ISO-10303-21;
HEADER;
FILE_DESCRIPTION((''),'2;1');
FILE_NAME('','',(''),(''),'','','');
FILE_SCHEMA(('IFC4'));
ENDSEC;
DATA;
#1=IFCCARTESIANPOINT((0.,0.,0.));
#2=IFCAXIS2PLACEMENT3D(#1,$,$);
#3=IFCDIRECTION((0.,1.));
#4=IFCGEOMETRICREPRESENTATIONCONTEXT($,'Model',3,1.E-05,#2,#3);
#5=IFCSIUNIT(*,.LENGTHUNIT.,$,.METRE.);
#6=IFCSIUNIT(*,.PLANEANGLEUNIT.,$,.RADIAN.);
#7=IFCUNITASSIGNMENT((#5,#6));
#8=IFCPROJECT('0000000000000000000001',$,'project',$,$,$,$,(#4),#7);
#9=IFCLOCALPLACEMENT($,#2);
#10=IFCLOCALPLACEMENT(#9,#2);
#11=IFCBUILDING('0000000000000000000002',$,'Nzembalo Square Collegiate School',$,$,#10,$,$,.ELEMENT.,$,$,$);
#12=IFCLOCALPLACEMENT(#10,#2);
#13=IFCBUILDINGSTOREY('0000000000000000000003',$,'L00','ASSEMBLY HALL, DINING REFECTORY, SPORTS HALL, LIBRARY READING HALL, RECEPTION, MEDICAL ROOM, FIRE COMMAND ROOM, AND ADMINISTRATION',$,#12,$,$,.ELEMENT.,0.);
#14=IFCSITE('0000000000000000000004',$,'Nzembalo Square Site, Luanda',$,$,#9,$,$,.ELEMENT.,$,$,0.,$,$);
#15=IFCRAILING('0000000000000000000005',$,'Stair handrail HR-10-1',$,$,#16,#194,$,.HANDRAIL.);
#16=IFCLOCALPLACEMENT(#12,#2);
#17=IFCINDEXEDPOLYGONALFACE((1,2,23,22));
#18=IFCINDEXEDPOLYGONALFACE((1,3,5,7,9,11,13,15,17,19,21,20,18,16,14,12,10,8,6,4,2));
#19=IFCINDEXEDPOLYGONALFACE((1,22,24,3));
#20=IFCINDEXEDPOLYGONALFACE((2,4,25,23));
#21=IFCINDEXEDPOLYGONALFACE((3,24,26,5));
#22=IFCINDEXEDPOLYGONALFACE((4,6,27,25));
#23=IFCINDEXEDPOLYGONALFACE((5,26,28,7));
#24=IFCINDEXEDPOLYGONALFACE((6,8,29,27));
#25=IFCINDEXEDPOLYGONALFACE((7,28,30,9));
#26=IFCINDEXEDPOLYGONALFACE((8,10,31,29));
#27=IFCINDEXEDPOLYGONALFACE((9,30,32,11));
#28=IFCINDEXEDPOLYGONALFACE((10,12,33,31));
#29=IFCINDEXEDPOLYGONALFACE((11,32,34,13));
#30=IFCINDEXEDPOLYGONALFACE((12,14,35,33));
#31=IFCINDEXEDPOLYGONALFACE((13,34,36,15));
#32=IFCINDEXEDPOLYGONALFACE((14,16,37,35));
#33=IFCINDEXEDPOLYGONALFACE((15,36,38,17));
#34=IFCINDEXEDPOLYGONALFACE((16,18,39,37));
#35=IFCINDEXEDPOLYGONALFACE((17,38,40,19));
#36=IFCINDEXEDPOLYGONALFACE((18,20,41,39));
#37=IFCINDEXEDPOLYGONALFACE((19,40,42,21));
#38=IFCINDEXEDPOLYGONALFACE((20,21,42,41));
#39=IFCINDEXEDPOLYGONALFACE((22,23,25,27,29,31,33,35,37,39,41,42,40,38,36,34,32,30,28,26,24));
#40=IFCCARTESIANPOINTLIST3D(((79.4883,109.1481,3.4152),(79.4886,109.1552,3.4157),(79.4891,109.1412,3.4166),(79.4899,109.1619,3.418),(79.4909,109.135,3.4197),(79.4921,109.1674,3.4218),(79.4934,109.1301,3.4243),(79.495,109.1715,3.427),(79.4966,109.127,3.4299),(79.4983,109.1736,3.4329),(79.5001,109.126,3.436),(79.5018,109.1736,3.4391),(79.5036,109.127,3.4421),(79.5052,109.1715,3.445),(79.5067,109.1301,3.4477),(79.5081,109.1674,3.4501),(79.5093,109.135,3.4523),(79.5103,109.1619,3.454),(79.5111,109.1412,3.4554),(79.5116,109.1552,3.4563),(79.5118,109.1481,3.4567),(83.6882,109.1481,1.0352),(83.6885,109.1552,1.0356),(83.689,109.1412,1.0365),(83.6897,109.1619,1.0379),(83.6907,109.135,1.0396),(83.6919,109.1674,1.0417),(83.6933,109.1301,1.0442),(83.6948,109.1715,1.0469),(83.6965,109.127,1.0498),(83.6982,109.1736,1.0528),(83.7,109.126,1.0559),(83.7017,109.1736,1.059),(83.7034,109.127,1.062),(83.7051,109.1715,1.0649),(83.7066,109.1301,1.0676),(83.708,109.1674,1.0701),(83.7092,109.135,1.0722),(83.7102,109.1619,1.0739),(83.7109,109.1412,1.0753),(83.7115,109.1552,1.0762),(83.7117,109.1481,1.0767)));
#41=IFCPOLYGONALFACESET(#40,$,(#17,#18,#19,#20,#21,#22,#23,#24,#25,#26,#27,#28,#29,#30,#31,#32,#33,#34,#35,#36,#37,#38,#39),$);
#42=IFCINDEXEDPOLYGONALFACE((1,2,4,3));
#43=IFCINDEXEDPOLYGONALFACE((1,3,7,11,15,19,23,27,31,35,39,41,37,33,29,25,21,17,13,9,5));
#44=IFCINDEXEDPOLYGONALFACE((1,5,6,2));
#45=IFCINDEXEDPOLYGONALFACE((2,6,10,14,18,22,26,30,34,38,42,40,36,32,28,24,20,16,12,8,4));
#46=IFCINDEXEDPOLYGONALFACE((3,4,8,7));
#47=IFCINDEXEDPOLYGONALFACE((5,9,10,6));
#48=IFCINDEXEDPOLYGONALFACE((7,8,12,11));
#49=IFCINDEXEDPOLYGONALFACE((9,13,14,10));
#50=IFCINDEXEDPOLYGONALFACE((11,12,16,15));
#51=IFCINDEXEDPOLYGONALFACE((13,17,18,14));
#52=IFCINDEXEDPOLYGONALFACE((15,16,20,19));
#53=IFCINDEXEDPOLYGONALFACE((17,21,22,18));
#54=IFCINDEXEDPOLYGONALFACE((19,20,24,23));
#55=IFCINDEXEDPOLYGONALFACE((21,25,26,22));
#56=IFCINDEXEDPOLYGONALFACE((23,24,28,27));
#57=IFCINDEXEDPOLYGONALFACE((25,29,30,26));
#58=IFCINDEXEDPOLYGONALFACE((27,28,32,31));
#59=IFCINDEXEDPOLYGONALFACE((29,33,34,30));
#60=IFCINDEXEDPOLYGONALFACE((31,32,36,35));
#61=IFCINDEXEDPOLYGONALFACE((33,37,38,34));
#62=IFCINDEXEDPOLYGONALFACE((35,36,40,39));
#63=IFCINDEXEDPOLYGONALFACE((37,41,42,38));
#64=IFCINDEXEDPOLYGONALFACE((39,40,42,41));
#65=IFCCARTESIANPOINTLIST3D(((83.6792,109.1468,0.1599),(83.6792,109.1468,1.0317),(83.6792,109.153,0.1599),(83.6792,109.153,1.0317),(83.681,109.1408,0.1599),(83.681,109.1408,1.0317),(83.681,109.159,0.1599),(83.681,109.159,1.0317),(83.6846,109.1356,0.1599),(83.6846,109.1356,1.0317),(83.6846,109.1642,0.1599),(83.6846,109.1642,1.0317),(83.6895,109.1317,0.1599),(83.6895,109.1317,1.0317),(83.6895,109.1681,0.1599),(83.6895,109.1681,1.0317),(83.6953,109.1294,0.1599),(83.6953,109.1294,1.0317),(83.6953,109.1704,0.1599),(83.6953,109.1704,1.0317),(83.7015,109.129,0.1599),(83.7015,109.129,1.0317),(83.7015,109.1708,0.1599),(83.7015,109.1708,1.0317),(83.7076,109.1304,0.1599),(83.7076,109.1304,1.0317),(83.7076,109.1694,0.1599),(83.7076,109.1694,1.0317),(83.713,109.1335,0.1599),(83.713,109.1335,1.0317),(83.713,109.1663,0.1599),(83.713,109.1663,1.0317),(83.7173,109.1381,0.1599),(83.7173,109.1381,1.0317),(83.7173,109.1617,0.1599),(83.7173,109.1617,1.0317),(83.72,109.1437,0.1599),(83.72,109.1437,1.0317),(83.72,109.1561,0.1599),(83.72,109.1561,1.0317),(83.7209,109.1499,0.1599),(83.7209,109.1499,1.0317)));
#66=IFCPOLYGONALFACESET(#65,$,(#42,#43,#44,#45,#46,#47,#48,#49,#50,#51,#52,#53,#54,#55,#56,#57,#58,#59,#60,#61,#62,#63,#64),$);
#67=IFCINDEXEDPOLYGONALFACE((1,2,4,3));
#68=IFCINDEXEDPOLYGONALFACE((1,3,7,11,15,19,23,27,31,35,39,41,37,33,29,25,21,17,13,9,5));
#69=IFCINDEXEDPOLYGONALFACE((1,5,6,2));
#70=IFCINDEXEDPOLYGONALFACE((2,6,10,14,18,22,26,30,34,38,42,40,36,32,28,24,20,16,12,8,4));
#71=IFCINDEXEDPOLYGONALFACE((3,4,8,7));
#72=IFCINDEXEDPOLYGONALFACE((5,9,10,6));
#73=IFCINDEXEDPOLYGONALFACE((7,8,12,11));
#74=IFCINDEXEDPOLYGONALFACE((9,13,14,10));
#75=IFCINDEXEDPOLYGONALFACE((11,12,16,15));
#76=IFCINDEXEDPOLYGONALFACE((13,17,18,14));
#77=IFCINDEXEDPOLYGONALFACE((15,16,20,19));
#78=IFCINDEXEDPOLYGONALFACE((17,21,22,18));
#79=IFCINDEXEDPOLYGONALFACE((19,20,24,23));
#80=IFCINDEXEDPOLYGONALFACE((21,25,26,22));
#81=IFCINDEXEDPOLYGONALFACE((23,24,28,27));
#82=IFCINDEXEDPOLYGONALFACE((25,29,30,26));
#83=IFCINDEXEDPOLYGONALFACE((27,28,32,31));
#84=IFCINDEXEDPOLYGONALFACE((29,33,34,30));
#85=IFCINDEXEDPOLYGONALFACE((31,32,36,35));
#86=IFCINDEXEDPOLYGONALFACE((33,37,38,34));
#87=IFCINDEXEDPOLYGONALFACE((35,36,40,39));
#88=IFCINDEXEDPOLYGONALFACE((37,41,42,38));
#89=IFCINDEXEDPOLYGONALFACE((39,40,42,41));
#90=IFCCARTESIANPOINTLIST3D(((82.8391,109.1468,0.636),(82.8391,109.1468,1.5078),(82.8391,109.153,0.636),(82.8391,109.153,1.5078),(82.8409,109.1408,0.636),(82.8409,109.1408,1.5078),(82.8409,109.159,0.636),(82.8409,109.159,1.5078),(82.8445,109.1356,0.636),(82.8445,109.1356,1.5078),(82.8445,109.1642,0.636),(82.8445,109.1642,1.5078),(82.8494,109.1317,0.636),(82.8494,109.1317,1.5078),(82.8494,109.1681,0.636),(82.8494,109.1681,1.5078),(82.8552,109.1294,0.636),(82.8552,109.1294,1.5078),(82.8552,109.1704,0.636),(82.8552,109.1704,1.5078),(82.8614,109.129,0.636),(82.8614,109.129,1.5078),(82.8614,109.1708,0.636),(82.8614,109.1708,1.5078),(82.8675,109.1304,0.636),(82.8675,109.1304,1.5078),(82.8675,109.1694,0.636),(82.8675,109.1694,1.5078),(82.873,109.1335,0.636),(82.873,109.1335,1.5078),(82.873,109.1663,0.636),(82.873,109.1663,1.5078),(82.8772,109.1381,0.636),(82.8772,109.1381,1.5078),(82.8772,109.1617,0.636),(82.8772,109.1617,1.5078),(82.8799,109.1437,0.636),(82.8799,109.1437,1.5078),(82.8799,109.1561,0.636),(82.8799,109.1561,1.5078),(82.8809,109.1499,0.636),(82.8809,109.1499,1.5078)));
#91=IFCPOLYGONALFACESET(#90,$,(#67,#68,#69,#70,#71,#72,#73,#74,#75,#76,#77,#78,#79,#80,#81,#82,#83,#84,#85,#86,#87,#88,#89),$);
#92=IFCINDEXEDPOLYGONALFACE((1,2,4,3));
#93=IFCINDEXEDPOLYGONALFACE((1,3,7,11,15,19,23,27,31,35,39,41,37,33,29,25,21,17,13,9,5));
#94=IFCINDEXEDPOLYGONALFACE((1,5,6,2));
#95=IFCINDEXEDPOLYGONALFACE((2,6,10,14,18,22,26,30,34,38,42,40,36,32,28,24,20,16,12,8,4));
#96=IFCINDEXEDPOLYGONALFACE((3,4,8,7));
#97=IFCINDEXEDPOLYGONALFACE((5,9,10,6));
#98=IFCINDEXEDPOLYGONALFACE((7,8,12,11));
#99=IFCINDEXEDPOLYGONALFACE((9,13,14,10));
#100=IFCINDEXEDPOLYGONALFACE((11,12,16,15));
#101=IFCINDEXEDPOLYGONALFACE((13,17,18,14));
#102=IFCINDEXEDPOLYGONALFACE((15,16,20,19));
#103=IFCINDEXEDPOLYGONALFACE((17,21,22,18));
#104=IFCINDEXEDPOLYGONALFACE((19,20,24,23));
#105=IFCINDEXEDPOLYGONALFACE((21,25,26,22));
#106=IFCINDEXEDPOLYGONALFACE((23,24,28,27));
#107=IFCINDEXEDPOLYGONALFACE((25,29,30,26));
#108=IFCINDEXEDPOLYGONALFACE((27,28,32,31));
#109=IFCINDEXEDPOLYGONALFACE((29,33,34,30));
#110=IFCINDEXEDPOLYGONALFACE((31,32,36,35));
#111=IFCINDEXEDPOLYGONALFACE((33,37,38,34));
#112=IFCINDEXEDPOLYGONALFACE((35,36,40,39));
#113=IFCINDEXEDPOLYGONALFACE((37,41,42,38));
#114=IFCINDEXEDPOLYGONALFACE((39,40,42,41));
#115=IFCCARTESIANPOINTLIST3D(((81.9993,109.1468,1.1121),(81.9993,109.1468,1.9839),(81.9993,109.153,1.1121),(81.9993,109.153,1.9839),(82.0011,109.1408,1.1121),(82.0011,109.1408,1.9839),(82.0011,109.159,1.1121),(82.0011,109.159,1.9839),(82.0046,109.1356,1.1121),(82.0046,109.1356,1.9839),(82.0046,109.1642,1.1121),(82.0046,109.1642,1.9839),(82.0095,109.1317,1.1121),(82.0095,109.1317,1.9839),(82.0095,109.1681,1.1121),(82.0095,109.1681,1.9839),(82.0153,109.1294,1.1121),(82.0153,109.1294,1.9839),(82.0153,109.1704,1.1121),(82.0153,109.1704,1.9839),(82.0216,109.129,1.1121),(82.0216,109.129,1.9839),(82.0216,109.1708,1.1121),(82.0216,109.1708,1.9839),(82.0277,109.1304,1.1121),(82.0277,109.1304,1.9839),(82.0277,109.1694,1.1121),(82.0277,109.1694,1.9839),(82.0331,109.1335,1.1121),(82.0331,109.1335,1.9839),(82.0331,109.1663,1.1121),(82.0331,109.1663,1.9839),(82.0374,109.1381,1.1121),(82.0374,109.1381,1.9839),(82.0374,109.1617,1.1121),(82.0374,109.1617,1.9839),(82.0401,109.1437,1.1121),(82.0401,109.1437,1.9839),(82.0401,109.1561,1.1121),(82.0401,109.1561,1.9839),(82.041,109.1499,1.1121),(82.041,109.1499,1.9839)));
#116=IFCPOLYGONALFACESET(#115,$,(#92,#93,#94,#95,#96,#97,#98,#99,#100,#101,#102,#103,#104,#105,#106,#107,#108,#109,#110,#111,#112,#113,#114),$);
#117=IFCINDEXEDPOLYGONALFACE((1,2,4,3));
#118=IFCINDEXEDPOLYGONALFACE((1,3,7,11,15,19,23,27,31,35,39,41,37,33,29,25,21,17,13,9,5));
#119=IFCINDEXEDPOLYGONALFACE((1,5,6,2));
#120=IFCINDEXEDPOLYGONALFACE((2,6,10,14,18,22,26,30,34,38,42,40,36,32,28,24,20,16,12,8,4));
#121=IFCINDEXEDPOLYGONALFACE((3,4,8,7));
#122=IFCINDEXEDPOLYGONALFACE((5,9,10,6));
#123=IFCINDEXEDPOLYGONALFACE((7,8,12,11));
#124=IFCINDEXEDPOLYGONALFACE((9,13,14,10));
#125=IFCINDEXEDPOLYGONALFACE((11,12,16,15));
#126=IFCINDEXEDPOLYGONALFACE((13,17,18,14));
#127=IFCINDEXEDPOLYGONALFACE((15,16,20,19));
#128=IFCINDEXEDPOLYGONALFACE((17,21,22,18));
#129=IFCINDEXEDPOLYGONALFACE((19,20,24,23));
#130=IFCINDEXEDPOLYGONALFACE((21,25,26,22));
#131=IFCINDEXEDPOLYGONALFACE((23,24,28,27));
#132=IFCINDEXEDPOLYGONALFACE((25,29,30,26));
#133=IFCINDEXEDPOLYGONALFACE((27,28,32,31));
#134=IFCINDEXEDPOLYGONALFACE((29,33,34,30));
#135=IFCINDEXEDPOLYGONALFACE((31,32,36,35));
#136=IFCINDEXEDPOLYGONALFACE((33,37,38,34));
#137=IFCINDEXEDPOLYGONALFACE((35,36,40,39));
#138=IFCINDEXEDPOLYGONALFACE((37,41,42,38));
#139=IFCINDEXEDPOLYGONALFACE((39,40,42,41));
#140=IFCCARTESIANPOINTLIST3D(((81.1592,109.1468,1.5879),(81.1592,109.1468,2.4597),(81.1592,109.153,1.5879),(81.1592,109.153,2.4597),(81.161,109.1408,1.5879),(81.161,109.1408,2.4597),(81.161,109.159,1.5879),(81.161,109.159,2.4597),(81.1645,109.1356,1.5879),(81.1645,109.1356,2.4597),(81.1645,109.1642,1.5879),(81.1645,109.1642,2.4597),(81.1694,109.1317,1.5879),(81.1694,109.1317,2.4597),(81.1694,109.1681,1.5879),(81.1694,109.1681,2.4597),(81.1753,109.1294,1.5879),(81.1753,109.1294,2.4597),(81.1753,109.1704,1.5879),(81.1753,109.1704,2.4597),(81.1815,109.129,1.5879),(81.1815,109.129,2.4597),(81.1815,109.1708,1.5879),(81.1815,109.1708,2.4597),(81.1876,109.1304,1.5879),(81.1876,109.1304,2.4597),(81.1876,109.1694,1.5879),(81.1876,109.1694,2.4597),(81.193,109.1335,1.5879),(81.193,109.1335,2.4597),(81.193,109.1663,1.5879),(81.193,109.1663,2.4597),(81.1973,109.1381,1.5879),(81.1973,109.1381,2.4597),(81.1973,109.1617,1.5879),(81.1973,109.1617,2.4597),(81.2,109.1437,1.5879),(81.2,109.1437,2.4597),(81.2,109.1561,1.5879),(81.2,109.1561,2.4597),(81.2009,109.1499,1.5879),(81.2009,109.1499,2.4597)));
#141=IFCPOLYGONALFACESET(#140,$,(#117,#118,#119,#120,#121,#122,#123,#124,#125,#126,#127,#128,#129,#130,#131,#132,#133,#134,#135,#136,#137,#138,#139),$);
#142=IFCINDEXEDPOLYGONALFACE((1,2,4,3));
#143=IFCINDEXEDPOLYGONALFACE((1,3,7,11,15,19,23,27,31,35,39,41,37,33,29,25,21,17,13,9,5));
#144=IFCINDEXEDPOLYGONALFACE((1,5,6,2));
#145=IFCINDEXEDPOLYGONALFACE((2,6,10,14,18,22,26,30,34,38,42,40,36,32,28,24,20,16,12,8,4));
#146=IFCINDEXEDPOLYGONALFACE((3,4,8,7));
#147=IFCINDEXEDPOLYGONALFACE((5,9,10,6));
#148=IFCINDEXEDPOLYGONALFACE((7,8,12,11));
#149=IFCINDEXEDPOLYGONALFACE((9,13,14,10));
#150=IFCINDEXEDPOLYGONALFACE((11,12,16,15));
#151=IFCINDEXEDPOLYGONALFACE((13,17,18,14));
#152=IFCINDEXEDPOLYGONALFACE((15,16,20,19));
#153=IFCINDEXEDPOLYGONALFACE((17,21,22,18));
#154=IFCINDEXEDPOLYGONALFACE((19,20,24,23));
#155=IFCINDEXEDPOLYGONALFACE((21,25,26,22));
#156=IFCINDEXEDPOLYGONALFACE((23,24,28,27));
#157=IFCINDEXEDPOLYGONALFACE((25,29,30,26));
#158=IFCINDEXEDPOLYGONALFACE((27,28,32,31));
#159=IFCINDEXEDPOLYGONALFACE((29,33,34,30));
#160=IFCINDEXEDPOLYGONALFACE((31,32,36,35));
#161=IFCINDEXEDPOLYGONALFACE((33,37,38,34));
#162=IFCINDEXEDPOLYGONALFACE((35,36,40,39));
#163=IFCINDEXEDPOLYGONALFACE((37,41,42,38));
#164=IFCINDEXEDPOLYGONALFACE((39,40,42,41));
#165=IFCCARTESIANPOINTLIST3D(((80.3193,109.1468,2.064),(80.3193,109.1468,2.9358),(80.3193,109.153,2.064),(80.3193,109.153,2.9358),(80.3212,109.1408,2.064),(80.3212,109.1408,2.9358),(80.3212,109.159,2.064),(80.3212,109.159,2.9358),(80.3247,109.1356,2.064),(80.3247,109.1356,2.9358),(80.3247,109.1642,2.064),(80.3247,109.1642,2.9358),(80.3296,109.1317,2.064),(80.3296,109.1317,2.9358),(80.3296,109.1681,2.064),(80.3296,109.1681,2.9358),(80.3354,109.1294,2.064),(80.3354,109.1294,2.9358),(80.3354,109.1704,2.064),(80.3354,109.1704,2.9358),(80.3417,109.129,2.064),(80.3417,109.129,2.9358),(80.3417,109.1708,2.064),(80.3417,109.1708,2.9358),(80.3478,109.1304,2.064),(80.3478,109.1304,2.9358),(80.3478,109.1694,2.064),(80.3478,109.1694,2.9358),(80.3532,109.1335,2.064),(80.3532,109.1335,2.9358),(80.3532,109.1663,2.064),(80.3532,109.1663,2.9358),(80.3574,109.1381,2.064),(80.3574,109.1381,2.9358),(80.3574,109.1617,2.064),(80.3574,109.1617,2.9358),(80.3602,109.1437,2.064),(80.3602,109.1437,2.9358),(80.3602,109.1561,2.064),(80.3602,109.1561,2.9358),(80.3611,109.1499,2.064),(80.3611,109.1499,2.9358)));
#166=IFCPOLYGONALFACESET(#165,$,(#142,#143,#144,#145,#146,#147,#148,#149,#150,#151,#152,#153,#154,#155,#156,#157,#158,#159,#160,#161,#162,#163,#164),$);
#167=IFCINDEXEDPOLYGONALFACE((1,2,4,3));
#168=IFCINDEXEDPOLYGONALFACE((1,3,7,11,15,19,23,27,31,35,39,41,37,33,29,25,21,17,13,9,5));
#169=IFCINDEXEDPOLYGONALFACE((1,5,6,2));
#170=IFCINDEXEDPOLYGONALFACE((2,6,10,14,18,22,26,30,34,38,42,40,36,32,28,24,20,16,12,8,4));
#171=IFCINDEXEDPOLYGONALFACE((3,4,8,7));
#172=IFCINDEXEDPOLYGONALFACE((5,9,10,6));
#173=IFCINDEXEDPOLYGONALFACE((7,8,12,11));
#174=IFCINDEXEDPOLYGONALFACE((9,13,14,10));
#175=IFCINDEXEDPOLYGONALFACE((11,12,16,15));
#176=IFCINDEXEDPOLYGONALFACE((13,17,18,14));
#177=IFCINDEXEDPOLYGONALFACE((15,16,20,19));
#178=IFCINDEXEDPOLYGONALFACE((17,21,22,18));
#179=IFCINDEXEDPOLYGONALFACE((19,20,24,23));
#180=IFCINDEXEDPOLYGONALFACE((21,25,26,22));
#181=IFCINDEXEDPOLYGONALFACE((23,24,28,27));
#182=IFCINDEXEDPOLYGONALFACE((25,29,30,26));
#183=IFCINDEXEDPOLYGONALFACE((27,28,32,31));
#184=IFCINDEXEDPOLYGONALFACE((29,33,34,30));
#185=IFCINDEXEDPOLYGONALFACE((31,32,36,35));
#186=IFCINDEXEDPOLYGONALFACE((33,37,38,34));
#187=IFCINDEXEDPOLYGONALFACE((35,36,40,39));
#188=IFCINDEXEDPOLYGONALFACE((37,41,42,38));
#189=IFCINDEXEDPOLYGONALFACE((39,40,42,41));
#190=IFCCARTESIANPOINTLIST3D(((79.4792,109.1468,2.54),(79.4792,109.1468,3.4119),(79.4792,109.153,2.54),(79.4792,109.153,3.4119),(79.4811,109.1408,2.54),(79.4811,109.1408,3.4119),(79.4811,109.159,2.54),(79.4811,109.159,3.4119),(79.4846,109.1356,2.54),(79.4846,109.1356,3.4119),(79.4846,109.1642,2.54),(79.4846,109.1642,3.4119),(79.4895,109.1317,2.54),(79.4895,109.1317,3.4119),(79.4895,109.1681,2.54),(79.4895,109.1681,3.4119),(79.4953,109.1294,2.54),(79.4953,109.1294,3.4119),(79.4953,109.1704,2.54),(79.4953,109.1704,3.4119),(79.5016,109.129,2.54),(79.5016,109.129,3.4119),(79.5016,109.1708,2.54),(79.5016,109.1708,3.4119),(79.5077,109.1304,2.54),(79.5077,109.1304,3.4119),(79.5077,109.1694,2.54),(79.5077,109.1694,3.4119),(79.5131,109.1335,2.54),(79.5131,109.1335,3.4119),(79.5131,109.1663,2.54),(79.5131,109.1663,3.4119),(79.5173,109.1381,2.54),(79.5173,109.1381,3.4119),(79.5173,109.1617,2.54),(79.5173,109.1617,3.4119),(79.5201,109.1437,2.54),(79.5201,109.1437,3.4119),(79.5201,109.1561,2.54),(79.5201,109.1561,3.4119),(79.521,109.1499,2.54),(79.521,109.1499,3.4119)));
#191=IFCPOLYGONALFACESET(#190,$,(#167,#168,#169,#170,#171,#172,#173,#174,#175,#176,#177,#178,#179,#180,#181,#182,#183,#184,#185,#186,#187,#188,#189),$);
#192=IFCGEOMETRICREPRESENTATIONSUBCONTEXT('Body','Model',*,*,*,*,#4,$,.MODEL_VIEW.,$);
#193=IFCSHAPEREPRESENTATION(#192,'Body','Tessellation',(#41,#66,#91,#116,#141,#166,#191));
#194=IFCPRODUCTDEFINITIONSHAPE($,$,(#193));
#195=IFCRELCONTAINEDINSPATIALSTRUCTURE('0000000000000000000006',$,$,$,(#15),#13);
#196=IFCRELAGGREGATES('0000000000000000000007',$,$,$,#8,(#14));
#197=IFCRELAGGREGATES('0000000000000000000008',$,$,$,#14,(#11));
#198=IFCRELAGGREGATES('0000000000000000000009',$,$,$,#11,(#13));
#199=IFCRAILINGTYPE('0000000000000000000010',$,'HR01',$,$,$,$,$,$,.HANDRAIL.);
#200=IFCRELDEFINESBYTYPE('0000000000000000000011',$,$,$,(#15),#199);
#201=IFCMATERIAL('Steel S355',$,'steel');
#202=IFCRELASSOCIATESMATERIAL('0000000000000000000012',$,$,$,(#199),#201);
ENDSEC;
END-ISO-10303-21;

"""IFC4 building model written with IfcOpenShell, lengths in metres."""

from ifc_helpers import new_model, si_unit, direction, frame, origin, origin_2d, place, context, subcontext, project, spatial, circle, extrude, material, type_object, element, save


model = new_model("IFC4")

# Units and contexts
model_context = context("Model", 3, precision=1e-05, world=origin(), true_north=direction((0.0, 1.0)))
body_context = subcontext(model_context, "Body", "Model", "MODEL_VIEW")
ifc_project = project(units=[si_unit("LENGTHUNIT", "METRE"), si_unit("PLANEANGLEUNIT", "RADIAN")], contexts=[model_context])

# Site, building, storey
site_placement = place(None, origin())
site = spatial("IfcSite", under=ifc_project, at=site_placement, Name="Nzembalo Square Site, Luanda", CompositionType="ELEMENT", RefElevation=0.0)
building_placement = place(site_placement, origin())
building = spatial("IfcBuilding", under=site, at=building_placement, Name="Nzembalo Square Collegiate School", CompositionType="ELEMENT")
storey_placement = place(building_placement, origin())
storey = spatial("IfcBuildingStorey", under=building, at=storey_placement, Name="L00", Description="ASSEMBLY HALL, DINING REFECTORY, SPORTS HALL, LIBRARY READING HALL, RECEPTION, MEDICAL ROOM, FIRE COMMAND ROOM, AND ADMINISTRATION", CompositionType="ELEMENT", Elevation=0.0)

# Railing
ifc_material_1 = material(Name="Steel S355", Category="steel")
railing_type_1 = type_object("IfcRailingType", Name="HR01", PredefinedType="HANDRAIL", material=ifc_material_1)
railing_1_placement = place(storey_placement, frame((83.7, 109.1499, 0.1599)))
element("IfcRailing", 1, at=railing_1_placement, inside=storey, type_object=railing_type_1, Name="Stair handrail HR-10-1", PredefinedType="HANDRAIL", context=body_context, shape_type="SweptSolid", body=[
    extrude(circle(Radius=0.0239, at=origin_2d()), frame((0.0, 0.0, 0.896), z_axis=(-0.870008, 0.0, 0.493037), x_axis=(0.0, -1.0, 0.0)), (0.0, 0.0, 1.0), 4.8274),
    extrude(circle(Radius=0.021, at=origin_2d()), origin(), (0.0, 0.0, 1.0), 0.8718),
    extrude(circle(Radius=0.021, at=origin_2d()), frame((-0.8401, 0.0, 0.4761)), (0.0, 0.0, 1.0), 0.8718),
    extrude(circle(Radius=0.021, at=origin_2d()), frame((-1.6799, 0.0, 0.9521)), (0.0, 0.0, 1.0), 0.8718),
    extrude(circle(Radius=0.021, at=origin_2d()), frame((-2.52, 0.0, 1.428)), (0.0, 0.0, 1.0), 0.8718),
    extrude(circle(Radius=0.021, at=origin_2d()), frame((-3.3599, 0.0, 1.9041)), (0.0, 0.0, 1.0), 0.8718),
    extrude(circle(Radius=0.021, at=origin_2d()), frame((-4.2, 0.0, 2.3801)), (0.0, 0.0, 1.0), 0.8718),
])

save(model, "model.ifc")
